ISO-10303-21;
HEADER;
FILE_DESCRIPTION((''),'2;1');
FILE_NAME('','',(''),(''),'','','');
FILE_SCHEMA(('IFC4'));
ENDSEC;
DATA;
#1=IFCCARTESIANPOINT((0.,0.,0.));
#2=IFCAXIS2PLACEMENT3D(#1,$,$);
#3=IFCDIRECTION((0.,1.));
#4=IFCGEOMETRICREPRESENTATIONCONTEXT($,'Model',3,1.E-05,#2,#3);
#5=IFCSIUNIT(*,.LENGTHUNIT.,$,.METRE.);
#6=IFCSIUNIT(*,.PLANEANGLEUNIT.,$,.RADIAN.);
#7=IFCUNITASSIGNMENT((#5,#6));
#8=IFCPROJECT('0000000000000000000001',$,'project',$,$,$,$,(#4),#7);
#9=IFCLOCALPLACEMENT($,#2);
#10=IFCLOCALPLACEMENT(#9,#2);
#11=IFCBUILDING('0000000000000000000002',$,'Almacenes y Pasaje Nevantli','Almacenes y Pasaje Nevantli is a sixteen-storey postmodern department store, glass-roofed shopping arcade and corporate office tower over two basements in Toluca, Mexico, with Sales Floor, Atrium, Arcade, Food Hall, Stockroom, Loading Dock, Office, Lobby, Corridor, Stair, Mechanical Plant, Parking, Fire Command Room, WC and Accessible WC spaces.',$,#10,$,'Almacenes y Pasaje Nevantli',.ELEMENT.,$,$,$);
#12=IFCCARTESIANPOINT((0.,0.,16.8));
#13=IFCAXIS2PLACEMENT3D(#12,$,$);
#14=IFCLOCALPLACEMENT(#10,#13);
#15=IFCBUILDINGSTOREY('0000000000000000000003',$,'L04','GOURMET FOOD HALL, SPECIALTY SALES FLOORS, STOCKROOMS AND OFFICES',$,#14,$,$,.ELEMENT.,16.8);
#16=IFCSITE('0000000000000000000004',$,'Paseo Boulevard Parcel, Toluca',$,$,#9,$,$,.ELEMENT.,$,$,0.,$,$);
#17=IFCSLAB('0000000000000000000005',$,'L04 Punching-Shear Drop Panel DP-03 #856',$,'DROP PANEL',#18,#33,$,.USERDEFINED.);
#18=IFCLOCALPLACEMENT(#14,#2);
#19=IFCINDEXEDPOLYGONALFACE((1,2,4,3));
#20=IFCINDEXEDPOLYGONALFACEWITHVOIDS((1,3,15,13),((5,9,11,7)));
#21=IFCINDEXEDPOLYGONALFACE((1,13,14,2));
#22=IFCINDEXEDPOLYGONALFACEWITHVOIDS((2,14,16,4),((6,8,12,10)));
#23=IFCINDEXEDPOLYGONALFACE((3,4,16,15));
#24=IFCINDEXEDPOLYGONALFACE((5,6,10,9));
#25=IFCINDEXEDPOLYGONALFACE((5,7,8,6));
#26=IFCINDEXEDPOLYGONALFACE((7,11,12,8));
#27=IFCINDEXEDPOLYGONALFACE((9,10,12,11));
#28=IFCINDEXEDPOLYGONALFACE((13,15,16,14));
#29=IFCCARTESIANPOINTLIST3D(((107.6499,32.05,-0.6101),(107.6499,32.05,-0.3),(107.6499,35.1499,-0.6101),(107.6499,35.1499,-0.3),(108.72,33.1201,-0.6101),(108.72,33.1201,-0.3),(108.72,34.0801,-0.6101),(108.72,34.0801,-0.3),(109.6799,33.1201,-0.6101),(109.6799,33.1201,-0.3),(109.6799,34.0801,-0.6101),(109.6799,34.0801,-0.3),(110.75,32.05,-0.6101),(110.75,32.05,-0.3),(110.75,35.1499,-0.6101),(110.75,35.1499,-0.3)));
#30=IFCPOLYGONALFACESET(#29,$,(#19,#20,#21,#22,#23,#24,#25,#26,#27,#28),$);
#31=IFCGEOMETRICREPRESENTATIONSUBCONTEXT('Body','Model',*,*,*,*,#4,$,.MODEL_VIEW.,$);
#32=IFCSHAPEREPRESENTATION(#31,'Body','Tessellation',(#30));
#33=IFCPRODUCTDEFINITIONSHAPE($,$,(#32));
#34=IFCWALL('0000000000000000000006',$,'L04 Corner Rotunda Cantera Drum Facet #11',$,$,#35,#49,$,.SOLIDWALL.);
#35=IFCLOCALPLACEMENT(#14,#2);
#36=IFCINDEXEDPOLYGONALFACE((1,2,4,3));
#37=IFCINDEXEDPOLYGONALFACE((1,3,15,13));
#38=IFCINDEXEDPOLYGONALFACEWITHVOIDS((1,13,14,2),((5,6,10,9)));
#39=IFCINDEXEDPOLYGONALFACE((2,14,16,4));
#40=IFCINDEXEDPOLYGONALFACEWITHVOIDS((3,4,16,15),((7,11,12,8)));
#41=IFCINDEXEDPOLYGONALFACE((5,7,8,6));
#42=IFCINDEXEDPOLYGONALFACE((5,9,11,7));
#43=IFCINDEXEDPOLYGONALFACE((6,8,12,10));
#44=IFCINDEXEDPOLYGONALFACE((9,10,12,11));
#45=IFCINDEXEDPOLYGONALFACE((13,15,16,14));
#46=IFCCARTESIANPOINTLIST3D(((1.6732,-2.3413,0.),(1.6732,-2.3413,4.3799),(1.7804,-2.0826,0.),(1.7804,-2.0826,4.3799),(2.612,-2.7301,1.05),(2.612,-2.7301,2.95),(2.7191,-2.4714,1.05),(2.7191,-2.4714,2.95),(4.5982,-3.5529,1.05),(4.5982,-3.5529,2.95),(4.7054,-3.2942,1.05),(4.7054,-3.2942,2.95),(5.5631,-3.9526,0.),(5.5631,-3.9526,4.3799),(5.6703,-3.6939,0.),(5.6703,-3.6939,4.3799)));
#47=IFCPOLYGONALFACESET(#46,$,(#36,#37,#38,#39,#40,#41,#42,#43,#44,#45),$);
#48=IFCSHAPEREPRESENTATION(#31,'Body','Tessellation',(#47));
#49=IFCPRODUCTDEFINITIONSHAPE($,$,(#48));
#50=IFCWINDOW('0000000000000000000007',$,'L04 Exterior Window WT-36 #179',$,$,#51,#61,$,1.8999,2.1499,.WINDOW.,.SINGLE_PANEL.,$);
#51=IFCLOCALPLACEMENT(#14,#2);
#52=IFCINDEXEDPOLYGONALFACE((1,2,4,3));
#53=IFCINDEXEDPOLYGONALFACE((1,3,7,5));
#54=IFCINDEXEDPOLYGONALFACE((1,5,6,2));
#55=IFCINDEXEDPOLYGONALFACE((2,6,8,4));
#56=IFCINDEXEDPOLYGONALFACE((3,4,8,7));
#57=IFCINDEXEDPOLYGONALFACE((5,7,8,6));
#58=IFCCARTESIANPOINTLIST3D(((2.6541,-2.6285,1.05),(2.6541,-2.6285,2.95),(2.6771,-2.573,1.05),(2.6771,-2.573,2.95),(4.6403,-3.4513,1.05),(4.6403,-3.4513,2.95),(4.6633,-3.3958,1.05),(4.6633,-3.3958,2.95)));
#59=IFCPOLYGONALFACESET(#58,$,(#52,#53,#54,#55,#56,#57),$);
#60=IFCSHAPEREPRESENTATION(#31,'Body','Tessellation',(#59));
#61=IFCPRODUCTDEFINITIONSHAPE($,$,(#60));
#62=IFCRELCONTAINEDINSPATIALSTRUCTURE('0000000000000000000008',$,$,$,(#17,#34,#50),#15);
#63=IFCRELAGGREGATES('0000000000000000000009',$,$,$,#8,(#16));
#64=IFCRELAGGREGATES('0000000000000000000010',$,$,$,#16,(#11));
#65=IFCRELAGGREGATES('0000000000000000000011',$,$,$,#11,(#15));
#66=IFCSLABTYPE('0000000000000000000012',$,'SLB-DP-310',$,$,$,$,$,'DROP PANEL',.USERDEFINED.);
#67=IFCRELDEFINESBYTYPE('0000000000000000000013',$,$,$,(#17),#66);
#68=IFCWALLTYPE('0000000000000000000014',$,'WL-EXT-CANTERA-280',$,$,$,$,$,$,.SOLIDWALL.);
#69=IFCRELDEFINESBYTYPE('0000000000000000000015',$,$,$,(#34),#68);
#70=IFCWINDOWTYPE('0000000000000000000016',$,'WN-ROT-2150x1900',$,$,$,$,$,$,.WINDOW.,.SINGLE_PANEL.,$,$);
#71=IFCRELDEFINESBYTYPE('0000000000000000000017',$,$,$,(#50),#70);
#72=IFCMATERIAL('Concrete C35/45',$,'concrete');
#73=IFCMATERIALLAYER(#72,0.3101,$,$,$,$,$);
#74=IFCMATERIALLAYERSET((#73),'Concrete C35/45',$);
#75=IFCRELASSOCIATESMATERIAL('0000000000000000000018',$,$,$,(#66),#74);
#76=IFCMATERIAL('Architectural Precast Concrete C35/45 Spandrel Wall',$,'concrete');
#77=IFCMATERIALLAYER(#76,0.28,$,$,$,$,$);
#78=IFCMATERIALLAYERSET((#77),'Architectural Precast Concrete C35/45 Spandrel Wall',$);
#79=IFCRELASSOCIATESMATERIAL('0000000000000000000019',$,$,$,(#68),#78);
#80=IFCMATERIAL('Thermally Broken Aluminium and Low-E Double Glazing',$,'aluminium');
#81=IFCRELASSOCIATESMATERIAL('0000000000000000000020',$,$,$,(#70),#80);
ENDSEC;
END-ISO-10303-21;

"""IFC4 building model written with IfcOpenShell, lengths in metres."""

from ifc_helpers import new_model, si_unit, direction, frame, frame_2d, origin, place, context, subcontext, project, spatial, polyline, rectangle, outline, extrude, material, layer, layer_set, type_object, element, fill, save


model = new_model("IFC4")

# Units and contexts
model_context = context("Model", 3, precision=1e-05, world=origin(), true_north=direction((0.0, 1.0)))
body_context = subcontext(model_context, "Body", "Model", "MODEL_VIEW")
ifc_project = project(units=[si_unit("LENGTHUNIT", "METRE"), si_unit("PLANEANGLEUNIT", "RADIAN")], contexts=[model_context])

# Site, building, storey
site_placement = place(None, origin())
site = spatial("IfcSite", under=ifc_project, at=site_placement, Name="Paseo Boulevard Parcel, Toluca", CompositionType="ELEMENT", RefElevation=0.0)
building_placement = place(site_placement, origin())
building = spatial("IfcBuilding", under=site, at=building_placement, Name="Almacenes y Pasaje Nevantli", Description="Almacenes y Pasaje Nevantli is a sixteen-storey postmodern department store, glass-roofed shopping arcade and corporate office tower over two basements in Toluca, Mexico, with Sales Floor, Atrium, Arcade, Food Hall, Stockroom, Loading Dock, Office, Lobby, Corridor, Stair, Mechanical Plant, Parking, Fire Command Room, WC and Accessible WC spaces.", LongName="Almacenes y Pasaje Nevantli", CompositionType="ELEMENT")
storey_placement = place(building_placement, frame((0.0, 0.0, 16.8)))
storey = spatial("IfcBuildingStorey", under=building, at=storey_placement, Name="L04", Description="GOURMET FOOD HALL, SPECIALTY SALES FLOORS, STOCKROOMS AND OFFICES", CompositionType="ELEMENT", Elevation=16.8)

# Slab
ifc_material_1 = material(Name="Concrete C35/45", Category="concrete")
ifc_layer_1 = layer(ifc_material_1, 0.3101)
ifc_layer_set_1 = layer_set([ifc_layer_1], Name="Concrete C35/45")
slab_type_1 = type_object("IfcSlabType", Name="SLB-DP-310", ElementType="DROP PANEL", PredefinedType="USERDEFINED", material=ifc_layer_set_1)
slab_1_placement = place(storey_placement, frame((0.0, 0.0, -0.6101)))
element("IfcSlab", 1, at=slab_1_placement, inside=storey, type_object=slab_type_1, Name="L04 Punching-Shear Drop Panel DP-03 #856", ObjectType="DROP PANEL", PredefinedType="USERDEFINED", context=body_context, shape_type="SweptSolid", body=[
    extrude(outline(polyline([(107.6499, 32.05), (110.75, 32.05), (110.75, 35.1499), (107.6499, 35.1499), (107.6499, 32.05)]), holes=[polyline([(108.72, 33.1201), (109.6799, 33.1201), (109.6799, 34.0801), (108.72, 34.0801), (108.72, 33.1201)])]), origin(), (0.0, 0.0, 1.0), 0.3101),
])

# Wall, opening, window
ifc_material_2 = material(Name="Architectural Precast Concrete C35/45 Spandrel Wall", Category="concrete")
ifc_layer_2 = layer(ifc_material_2, 0.28)
ifc_layer_set_2 = layer_set([ifc_layer_2], Name="Architectural Precast Concrete C35/45 Spandrel Wall")
wall_type = type_object("IfcWallType", Name="WL-EXT-CANTERA-280", PredefinedType="SOLIDWALL", material=ifc_layer_set_2)
wall_placement = place(storey_placement, frame((1.7268, -2.2119, 0.0), z_axis=(0.0, 0.0, 1.0), x_axis=(0.923873, -0.3827, 0.0)))
wall = element("IfcWall", 2, at=wall_placement, inside=storey, type_object=wall_type, Name="L04 Corner Rotunda Cantera Drum Facet #11", PredefinedType="SOLIDWALL", context=body_context, shape_type="SweptSolid", body=[
    extrude(rectangle(XDim=4.2104, YDim=0.28, at=frame_2d((2.1052, 0.0))), origin(), (0.0, 0.0, 1.0), 4.3799),
])
opening_placement = place(wall_placement, frame((1.0161, 0.0, 1.05)))
opening = element("IfcOpeningElement", 3, at=opening_placement, cuts=wall, PredefinedType="OPENING", context=body_context, shape_type="SweptSolid", body=[
    extrude(rectangle(XDim=2.1499, YDim=1.8999, at=frame_2d((1.075, 0.95))), frame((0.0, 0.1499, 0.0), z_axis=(0.0, -1.0, 0.0), x_axis=(1.0, 0.0, 0.0)), (0.0, 0.0, 1.0), 0.3),
])
ifc_material_3 = material(Name="Thermally Broken Aluminium and Low-E Double Glazing", Category="aluminium")
window_type = type_object("IfcWindowType", Name="WN-ROT-2150x1900", PartitioningType="SINGLE_PANEL", PredefinedType="WINDOW", material=ifc_material_3)
window_placement = place(opening_placement, origin())
window = element("IfcWindow", 4, at=window_placement, inside=storey, type_object=window_type, Name="L04 Exterior Window WT-36 #179", OverallHeight=1.8999, OverallWidth=2.1499, PartitioningType="SINGLE_PANEL", PredefinedType="WINDOW", context=body_context, shape_type="SweptSolid", body=[
    extrude(rectangle(XDim=2.1499, YDim=1.8999, at=frame_2d((1.075, 0.95))), frame((0.0, 0.03, 0.0), z_axis=(0.0, -1.0, 0.0), x_axis=(1.0, 0.0, 0.0)), (0.0, 0.0, 1.0), 0.0601),
])
fill(opening, window)

save(model, "model.ifc")
